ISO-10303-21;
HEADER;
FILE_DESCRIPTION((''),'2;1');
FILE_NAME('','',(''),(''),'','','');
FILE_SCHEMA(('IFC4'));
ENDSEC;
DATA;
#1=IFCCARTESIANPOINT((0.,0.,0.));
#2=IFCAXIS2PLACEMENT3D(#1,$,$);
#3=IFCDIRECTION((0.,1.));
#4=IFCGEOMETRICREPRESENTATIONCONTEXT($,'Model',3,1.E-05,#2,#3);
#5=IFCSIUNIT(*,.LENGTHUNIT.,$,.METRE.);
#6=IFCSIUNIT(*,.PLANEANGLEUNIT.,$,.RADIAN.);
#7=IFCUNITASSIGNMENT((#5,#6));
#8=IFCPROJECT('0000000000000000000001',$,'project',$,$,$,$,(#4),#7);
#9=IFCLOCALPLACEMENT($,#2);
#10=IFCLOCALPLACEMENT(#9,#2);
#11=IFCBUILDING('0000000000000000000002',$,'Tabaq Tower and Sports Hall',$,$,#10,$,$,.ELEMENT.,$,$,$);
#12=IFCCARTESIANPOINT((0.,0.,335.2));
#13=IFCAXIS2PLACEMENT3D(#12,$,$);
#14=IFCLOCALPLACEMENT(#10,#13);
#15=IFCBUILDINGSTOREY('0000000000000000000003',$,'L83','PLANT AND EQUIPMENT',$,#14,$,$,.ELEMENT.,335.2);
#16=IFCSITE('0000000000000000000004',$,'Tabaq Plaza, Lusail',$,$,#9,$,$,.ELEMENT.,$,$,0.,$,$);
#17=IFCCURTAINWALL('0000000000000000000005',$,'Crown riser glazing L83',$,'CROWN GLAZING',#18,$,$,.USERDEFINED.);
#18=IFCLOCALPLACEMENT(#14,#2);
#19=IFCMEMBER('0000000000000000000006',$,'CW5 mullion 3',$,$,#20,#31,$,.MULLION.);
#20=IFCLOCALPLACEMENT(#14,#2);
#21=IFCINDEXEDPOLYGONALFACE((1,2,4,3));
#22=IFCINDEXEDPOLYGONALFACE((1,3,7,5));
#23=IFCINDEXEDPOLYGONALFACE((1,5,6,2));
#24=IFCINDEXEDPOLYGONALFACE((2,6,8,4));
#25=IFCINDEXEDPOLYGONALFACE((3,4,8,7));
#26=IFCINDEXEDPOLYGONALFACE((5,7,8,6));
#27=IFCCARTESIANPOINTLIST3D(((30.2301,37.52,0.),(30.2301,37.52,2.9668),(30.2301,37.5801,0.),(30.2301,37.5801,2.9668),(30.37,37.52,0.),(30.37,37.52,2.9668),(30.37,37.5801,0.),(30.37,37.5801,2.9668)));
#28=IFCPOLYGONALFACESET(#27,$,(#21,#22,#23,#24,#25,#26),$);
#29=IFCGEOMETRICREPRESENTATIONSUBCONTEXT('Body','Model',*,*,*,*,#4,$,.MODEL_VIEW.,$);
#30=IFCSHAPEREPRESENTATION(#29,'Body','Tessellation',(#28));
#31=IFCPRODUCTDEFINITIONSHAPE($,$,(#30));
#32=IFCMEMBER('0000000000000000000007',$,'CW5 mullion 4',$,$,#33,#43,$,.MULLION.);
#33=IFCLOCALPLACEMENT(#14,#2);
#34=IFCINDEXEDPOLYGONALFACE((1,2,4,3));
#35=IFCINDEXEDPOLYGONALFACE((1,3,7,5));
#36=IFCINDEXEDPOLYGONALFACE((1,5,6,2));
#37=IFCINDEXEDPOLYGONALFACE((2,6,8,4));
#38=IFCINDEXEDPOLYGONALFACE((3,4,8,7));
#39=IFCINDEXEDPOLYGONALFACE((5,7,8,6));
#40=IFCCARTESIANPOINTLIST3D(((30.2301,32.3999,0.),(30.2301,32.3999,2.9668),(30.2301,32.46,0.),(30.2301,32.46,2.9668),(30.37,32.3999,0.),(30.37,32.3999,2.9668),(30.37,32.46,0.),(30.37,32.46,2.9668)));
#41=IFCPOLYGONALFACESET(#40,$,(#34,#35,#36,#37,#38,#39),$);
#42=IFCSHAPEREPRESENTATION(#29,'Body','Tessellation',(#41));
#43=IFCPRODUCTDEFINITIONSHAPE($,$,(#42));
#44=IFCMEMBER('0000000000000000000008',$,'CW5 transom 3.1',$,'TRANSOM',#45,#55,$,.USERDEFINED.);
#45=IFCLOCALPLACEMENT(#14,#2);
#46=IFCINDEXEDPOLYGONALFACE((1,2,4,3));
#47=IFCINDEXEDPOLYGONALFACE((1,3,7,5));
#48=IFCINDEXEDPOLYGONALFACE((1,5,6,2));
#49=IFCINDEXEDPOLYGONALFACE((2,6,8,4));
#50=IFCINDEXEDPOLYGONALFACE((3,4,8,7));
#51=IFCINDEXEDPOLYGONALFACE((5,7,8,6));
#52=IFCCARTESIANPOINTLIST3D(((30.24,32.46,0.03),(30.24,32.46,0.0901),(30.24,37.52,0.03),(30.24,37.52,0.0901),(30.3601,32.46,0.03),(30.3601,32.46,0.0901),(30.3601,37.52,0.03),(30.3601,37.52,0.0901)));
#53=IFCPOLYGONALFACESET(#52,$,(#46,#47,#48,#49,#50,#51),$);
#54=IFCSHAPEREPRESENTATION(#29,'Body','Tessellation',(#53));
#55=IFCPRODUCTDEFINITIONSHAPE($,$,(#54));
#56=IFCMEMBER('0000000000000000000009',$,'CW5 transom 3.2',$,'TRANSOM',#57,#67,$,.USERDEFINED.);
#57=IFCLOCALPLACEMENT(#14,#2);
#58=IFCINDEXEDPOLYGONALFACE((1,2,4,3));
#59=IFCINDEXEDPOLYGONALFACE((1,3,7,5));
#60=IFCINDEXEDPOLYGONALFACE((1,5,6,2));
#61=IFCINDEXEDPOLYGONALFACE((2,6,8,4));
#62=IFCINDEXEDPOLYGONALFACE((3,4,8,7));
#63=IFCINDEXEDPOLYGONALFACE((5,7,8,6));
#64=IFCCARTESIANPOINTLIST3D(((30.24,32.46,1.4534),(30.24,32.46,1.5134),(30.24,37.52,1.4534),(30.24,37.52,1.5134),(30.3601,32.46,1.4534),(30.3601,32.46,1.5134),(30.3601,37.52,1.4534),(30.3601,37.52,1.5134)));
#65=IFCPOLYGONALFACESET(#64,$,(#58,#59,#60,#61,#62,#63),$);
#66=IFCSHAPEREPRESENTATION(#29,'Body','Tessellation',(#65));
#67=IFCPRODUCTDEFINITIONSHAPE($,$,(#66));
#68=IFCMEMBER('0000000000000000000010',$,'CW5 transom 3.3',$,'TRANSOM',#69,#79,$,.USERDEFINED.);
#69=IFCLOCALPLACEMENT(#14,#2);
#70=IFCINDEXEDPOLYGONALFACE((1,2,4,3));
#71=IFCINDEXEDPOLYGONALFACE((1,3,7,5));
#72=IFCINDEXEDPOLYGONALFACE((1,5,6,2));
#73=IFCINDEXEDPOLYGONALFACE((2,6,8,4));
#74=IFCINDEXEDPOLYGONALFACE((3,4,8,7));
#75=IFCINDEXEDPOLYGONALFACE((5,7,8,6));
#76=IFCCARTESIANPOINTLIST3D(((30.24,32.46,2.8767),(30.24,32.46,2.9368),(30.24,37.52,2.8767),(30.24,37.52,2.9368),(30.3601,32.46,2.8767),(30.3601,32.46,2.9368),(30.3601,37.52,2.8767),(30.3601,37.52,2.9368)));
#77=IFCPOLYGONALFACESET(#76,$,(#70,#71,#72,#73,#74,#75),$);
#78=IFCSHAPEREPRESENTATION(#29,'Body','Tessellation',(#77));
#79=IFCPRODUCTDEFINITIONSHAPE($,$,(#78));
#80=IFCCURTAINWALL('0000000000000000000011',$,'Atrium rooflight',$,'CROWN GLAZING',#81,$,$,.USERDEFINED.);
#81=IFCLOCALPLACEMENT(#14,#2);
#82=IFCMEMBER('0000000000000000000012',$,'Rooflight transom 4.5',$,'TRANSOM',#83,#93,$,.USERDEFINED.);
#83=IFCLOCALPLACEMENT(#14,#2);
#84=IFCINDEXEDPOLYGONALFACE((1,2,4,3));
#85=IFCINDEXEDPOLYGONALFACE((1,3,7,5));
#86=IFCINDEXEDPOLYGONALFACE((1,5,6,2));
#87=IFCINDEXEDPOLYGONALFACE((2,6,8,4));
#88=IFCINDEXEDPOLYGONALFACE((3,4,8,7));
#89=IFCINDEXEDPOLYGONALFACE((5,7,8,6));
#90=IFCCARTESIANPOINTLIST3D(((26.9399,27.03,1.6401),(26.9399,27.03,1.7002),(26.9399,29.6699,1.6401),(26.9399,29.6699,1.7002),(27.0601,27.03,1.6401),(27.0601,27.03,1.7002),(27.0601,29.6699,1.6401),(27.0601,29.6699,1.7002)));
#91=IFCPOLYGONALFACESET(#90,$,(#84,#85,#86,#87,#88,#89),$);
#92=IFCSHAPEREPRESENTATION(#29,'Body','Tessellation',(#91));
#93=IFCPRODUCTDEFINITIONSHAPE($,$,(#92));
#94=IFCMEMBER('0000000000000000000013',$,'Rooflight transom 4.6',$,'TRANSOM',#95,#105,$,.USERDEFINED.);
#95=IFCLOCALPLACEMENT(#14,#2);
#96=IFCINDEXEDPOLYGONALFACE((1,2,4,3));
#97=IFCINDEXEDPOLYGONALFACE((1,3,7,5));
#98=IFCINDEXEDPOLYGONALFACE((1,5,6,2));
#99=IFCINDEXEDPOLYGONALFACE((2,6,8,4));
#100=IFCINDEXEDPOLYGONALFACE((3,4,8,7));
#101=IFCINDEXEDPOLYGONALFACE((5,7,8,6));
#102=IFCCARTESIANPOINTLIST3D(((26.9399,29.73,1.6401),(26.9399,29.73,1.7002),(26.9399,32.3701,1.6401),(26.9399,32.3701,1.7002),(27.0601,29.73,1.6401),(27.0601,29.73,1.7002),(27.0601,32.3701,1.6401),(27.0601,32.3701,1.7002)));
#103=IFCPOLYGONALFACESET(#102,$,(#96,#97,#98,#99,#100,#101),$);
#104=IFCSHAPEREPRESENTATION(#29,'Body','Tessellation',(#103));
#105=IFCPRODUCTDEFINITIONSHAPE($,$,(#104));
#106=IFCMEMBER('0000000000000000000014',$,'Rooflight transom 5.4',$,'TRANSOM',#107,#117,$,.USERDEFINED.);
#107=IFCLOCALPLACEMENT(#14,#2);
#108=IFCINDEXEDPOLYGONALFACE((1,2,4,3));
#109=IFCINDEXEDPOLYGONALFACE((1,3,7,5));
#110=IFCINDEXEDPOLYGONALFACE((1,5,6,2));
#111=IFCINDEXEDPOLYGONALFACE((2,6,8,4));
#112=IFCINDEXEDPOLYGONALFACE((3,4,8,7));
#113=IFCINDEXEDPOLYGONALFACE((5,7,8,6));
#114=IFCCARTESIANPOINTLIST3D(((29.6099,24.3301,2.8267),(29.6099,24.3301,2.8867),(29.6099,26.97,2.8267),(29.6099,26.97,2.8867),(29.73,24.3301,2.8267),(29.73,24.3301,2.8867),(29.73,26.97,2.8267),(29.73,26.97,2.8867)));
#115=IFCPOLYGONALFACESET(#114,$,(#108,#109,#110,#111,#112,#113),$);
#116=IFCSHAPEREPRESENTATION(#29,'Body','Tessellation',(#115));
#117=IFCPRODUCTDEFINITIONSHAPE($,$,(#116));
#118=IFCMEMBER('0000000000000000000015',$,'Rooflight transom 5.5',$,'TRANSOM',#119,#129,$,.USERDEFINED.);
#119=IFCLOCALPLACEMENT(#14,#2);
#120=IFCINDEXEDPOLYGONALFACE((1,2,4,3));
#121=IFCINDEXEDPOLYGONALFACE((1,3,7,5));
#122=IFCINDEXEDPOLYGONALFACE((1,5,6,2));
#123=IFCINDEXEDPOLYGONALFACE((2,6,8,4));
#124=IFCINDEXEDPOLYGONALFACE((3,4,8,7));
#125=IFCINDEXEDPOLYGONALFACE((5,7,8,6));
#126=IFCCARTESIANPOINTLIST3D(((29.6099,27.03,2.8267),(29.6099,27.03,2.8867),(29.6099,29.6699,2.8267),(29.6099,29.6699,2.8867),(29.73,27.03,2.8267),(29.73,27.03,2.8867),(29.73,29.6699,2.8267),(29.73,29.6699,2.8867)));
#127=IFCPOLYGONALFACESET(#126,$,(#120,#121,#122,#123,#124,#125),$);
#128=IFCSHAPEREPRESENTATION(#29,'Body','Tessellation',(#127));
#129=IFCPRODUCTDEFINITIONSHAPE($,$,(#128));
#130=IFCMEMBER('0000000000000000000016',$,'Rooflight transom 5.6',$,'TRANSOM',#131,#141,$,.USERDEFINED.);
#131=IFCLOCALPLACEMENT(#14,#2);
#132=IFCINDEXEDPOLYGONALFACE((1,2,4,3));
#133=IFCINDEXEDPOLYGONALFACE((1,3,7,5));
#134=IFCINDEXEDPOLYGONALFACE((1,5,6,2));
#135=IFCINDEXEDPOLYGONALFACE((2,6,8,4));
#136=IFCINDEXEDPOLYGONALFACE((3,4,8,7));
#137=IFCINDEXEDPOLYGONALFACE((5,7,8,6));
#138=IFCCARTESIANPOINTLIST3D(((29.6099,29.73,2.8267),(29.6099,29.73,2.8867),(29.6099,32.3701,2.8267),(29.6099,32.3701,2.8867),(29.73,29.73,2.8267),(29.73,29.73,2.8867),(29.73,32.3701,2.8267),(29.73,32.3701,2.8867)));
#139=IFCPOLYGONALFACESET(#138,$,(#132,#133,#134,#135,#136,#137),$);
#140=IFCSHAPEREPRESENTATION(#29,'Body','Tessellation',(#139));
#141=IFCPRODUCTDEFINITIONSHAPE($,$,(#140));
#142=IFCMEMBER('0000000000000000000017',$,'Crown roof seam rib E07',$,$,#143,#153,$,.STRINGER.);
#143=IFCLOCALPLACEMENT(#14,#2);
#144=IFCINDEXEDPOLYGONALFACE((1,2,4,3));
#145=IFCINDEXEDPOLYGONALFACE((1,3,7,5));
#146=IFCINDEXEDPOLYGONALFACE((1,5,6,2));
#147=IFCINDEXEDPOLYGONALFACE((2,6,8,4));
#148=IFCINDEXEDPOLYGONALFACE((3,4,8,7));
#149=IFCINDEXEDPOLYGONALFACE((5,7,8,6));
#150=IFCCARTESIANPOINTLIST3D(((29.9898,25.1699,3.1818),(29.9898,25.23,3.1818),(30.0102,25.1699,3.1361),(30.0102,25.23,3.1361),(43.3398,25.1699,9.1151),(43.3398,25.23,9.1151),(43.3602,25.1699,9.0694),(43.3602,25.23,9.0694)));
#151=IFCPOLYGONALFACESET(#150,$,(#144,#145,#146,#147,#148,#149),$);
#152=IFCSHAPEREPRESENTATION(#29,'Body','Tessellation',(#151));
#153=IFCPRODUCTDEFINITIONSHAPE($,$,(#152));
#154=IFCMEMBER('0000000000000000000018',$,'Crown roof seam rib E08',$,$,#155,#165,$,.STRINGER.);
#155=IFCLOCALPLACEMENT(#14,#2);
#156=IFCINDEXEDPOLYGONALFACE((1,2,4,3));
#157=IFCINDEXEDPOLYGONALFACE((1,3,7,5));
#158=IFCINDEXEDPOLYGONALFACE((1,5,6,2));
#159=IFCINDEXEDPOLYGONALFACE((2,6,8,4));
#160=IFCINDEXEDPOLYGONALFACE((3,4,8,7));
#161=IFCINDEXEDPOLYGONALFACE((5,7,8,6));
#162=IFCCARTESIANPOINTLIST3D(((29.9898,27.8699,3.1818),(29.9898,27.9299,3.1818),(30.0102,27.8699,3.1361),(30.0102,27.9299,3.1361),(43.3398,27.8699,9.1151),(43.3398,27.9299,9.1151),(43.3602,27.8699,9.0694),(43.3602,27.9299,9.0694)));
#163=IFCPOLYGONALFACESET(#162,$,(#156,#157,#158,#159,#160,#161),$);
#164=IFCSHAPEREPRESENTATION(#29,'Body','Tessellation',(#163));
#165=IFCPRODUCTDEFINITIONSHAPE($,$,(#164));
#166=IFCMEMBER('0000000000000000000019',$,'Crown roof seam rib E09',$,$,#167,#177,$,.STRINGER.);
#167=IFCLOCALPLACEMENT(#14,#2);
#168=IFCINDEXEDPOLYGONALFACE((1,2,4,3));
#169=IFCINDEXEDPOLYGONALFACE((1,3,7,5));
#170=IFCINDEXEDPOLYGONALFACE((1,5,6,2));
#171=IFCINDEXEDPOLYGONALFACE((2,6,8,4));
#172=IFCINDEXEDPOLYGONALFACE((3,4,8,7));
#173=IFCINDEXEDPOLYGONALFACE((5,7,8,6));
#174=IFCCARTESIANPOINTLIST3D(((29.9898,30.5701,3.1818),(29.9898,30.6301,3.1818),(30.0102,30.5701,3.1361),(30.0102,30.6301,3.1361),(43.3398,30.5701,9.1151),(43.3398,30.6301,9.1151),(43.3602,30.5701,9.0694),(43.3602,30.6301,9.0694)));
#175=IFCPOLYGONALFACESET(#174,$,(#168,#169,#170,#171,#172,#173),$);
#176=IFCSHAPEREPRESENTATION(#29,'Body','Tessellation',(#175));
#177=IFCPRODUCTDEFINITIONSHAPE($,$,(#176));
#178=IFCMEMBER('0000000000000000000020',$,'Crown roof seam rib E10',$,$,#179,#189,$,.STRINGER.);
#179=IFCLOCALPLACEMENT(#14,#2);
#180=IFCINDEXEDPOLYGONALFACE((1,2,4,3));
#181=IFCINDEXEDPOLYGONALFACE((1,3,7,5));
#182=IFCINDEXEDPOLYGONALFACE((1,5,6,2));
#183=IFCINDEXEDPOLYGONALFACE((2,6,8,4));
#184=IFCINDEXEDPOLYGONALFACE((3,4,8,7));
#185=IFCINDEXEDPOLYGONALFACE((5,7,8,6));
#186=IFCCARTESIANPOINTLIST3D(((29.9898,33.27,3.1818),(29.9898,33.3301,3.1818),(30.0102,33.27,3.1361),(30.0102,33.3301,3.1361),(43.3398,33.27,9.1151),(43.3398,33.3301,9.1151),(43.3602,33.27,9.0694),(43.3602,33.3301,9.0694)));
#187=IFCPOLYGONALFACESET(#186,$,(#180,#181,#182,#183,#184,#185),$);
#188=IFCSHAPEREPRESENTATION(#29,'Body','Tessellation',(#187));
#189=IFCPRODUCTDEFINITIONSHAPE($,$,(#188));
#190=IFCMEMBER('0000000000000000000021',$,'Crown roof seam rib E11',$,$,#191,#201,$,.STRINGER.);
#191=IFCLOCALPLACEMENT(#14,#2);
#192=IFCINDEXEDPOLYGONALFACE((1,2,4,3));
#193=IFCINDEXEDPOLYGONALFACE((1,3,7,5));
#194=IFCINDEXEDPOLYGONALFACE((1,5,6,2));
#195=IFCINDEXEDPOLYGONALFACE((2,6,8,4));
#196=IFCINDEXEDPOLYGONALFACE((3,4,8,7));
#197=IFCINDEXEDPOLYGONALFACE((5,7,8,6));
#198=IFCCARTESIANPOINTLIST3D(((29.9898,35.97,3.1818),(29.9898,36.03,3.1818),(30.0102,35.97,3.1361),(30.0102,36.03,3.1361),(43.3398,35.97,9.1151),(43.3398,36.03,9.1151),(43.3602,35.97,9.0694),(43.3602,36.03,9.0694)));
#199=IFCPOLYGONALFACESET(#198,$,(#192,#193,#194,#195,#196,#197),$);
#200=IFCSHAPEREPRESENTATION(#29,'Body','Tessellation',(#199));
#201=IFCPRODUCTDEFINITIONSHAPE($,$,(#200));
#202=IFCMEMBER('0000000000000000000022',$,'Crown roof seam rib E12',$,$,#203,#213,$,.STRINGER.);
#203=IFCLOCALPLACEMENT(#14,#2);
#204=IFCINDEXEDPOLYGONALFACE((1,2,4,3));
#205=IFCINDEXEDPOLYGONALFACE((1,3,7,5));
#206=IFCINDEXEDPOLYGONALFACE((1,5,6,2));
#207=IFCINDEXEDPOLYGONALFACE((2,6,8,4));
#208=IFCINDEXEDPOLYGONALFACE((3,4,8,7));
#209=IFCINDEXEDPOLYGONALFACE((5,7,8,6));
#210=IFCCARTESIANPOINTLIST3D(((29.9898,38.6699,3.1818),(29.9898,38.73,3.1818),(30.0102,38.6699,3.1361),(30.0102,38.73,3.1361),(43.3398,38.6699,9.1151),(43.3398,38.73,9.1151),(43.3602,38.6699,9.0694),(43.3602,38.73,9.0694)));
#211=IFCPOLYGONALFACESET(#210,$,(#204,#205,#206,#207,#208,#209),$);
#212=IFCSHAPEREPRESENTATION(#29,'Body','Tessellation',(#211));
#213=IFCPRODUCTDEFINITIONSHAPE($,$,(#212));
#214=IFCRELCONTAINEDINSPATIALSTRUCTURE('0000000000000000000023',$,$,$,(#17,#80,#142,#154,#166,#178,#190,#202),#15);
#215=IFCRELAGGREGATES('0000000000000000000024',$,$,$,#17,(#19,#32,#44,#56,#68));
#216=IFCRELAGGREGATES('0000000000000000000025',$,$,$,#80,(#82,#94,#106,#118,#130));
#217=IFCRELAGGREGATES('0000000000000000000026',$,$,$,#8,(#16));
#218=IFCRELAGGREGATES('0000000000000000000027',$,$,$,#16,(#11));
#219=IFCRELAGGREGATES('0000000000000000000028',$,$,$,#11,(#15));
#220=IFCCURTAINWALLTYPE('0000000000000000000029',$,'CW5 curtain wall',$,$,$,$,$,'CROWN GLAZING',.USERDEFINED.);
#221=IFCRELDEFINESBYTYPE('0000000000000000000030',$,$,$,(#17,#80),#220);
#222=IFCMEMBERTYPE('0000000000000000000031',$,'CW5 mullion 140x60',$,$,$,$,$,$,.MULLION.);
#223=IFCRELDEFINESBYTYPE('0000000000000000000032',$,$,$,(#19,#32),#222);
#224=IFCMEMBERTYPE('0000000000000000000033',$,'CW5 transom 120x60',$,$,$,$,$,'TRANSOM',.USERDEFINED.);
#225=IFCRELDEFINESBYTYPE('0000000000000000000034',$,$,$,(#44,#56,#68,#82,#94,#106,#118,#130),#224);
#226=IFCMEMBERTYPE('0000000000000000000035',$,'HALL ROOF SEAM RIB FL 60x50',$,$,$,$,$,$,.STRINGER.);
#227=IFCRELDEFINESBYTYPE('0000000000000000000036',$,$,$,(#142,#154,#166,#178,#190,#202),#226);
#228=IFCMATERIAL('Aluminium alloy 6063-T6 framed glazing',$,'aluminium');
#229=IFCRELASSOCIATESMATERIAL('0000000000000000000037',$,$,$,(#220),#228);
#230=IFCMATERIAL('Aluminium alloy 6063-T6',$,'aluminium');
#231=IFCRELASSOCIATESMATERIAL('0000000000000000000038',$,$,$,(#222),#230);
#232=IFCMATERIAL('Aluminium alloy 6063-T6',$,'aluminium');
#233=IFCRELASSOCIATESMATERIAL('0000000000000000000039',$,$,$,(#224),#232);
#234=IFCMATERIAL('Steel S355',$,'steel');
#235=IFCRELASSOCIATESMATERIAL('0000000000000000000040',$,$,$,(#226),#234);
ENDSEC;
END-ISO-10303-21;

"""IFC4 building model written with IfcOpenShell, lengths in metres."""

from ifc_helpers import new_model, si_unit, direction, frame, origin, origin_2d, place, context, subcontext, project, spatial, rectangle, extrude, material, material_profile, profile_set, type_object, element, aggregate, save


model = new_model("IFC4")

# Units and contexts
model_context = context("Model", 3, precision=1e-05, world=origin(), true_north=direction((0.0, 1.0)))
body_context = subcontext(model_context, "Body", "Model", "MODEL_VIEW")
ifc_project = project(units=[si_unit("LENGTHUNIT", "METRE"), si_unit("PLANEANGLEUNIT", "RADIAN")], contexts=[model_context])

# Site, building, storey
site_placement = place(None, origin())
site = spatial("IfcSite", under=ifc_project, at=site_placement, Name="Tabaq Plaza, Lusail", CompositionType="ELEMENT", RefElevation=0.0)
building_placement = place(site_placement, origin())
building = spatial("IfcBuilding", under=site, at=building_placement, Name="Tabaq Tower and Sports Hall", CompositionType="ELEMENT")
storey_placement = place(building_placement, frame((0.0, 0.0, 335.2)))
storey = spatial("IfcBuildingStorey", under=building, at=storey_placement, Name="L83", Description="PLANT AND EQUIPMENT", CompositionType="ELEMENT", Elevation=335.2)

# Curtain walls, members
ifc_material_1 = material(Name="Aluminium alloy 6063-T6 framed glazing", Category="aluminium")
curtain_wall_type = type_object("IfcCurtainWallType", Name="CW5 curtain wall", ElementType="CROWN GLAZING", PredefinedType="USERDEFINED", material=ifc_material_1)
curtain_wall_1_placement = place(storey_placement, origin())
curtain_wall_1 = element("IfcCurtainWall", 1, at=curtain_wall_1_placement, inside=storey, type_object=curtain_wall_type, Name="Crown riser glazing L83", ObjectType="CROWN GLAZING", PredefinedType="USERDEFINED")
ifc_material_2 = material(Name="Aluminium alloy 6063-T6", Category="aluminium")
ifc_material_profile_1 = material_profile(ifc_material_2, rectangle(XDim=0.1399, YDim=0.0601, at=origin_2d()), Name="MULLION 140x60")
ifc_profile_set_1 = profile_set([ifc_material_profile_1], Name="Aluminium alloy 6063-T6")
member_type_1 = type_object("IfcMemberType", Name="CW5 mullion 140x60", PredefinedType="MULLION", material=ifc_profile_set_1)
member_1_placement = place(storey_placement, frame((30.3, 37.55, 0.0), z_axis=(0.0, 0.0, 1.0), x_axis=(1.0, 0.0, 0.0)))
member_1 = element("IfcMember", 2, at=member_1_placement, type_object=member_type_1, Name="CW5 mullion 3", PredefinedType="MULLION", context=body_context, shape_type="SweptSolid", body=[
    extrude(rectangle(XDim=0.1399, YDim=0.0601, at=origin_2d()), origin(), (0.0, 0.0, 1.0), 2.9668),
])
member_2_placement = place(storey_placement, frame((30.3, 32.4299, 0.0), z_axis=(0.0, 0.0, 1.0), x_axis=(1.0, 0.0, 0.0)))
member_2 = element("IfcMember", 3, at=member_2_placement, type_object=member_type_1, Name="CW5 mullion 4", PredefinedType="MULLION", context=body_context, shape_type="SweptSolid", body=[
    extrude(rectangle(XDim=0.1399, YDim=0.0601, at=origin_2d()), origin(), (0.0, 0.0, 1.0), 2.9668),
])
ifc_material_3 = material(Name="Aluminium alloy 6063-T6", Category="aluminium")
ifc_material_profile_2 = material_profile(ifc_material_3, rectangle(XDim=0.1201, YDim=0.0601, at=origin_2d()), Name="TRANSOM 120x60")
ifc_profile_set_2 = profile_set([ifc_material_profile_2], Name="Aluminium alloy 6063-T6")
member_type_2 = type_object("IfcMemberType", Name="CW5 transom 120x60", ElementType="TRANSOM", PredefinedType="USERDEFINED", material=ifc_profile_set_2)
member_3_placement = place(storey_placement, frame((30.3, 37.52, 0.0601), z_axis=(0.0, -1.0, 0.0), x_axis=(1.0, 0.0, 0.0)))
member_3 = element("IfcMember", 4, at=member_3_placement, type_object=member_type_2, Name="CW5 transom 3.1", ObjectType="TRANSOM", PredefinedType="USERDEFINED", context=body_context, shape_type="SweptSolid", body=[
    extrude(rectangle(XDim=0.1201, YDim=0.0601, at=origin_2d()), origin(), (0.0, 0.0, 1.0), 5.0601),
])
member_4_placement = place(storey_placement, frame((30.3, 37.52, 1.4834), z_axis=(0.0, -1.0, 0.0), x_axis=(1.0, 0.0, 0.0)))
member_4 = element("IfcMember", 5, at=member_4_placement, type_object=member_type_2, Name="CW5 transom 3.2", ObjectType="TRANSOM", PredefinedType="USERDEFINED", context=body_context, shape_type="SweptSolid", body=[
    extrude(rectangle(XDim=0.1201, YDim=0.0601, at=origin_2d()), origin(), (0.0, 0.0, 1.0), 5.0601),
])
member_5_placement = place(storey_placement, frame((30.3, 37.52, 2.9067), z_axis=(0.0, -1.0, 0.0), x_axis=(1.0, 0.0, 0.0)))
member_5 = element("IfcMember", 6, at=member_5_placement, type_object=member_type_2, Name="CW5 transom 3.3", ObjectType="TRANSOM", PredefinedType="USERDEFINED", context=body_context, shape_type="SweptSolid", body=[
    extrude(rectangle(XDim=0.1201, YDim=0.0601, at=origin_2d()), origin(), (0.0, 0.0, 1.0), 5.0601),
])
curtain_wall_2_placement = place(storey_placement, origin())
curtain_wall_2 = element("IfcCurtainWall", 7, at=curtain_wall_2_placement, inside=storey, type_object=curtain_wall_type, Name="Atrium rooflight", ObjectType="CROWN GLAZING", PredefinedType="USERDEFINED")
member_6_placement = place(storey_placement, frame((27.0, 27.03, 1.6702), z_axis=(0.0, 1.0, 0.0), x_axis=(-1.0, 0.0, 0.0)))
member_6 = element("IfcMember", 8, at=member_6_placement, type_object=member_type_2, Name="Rooflight transom 4.5", ObjectType="TRANSOM", PredefinedType="USERDEFINED", context=body_context, shape_type="SweptSolid", body=[
    extrude(rectangle(XDim=0.1201, YDim=0.0601, at=origin_2d()), origin(), (0.0, 0.0, 1.0), 2.6399),
])
member_7_placement = place(storey_placement, frame((27.0, 29.73, 1.6702), z_axis=(0.0, 1.0, 0.0), x_axis=(-1.0, 0.0, 0.0)))
member_7 = element("IfcMember", 9, at=member_7_placement, type_object=member_type_2, Name="Rooflight transom 4.6", ObjectType="TRANSOM", PredefinedType="USERDEFINED", context=body_context, shape_type="SweptSolid", body=[
    extrude(rectangle(XDim=0.1201, YDim=0.0601, at=origin_2d()), origin(), (0.0, 0.0, 1.0), 2.6401),
])
member_8_placement = place(storey_placement, frame((29.6699, 24.3301, 2.8567), z_axis=(0.0, 1.0, 0.0), x_axis=(-1.0, 0.0, 0.0)))
member_8 = element("IfcMember", 10, at=member_8_placement, type_object=member_type_2, Name="Rooflight transom 5.4", ObjectType="TRANSOM", PredefinedType="USERDEFINED", context=body_context, shape_type="SweptSolid", body=[
    extrude(rectangle(XDim=0.1201, YDim=0.0601, at=origin_2d()), origin(), (0.0, 0.0, 1.0), 2.6399),
])
member_9_placement = place(storey_placement, frame((29.6699, 27.03, 2.8567), z_axis=(0.0, 1.0, 0.0), x_axis=(-1.0, 0.0, 0.0)))
member_9 = element("IfcMember", 11, at=member_9_placement, type_object=member_type_2, Name="Rooflight transom 5.5", ObjectType="TRANSOM", PredefinedType="USERDEFINED", context=body_context, shape_type="SweptSolid", body=[
    extrude(rectangle(XDim=0.1201, YDim=0.0601, at=origin_2d()), origin(), (0.0, 0.0, 1.0), 2.6399),
])
member_10_placement = place(storey_placement, frame((29.6699, 29.73, 2.8567), z_axis=(0.0, 1.0, 0.0), x_axis=(-1.0, 0.0, 0.0)))
member_10 = element("IfcMember", 12, at=member_10_placement, type_object=member_type_2, Name="Rooflight transom 5.6", ObjectType="TRANSOM", PredefinedType="USERDEFINED", context=body_context, shape_type="SweptSolid", body=[
    extrude(rectangle(XDim=0.1201, YDim=0.0601, at=origin_2d()), origin(), (0.0, 0.0, 1.0), 2.6401),
])

# Members
ifc_material_4 = material(Name="Steel S355", Category="steel")
ifc_material_profile_3 = material_profile(ifc_material_4, rectangle(XDim=0.0601, YDim=0.05, at=origin_2d()), Name="FL 60x50")
ifc_profile_set_3 = profile_set([ifc_material_profile_3], Name="Steel S355")
member_type_3 = type_object("IfcMemberType", Name="HALL ROOF SEAM RIB FL 60x50", PredefinedType="STRINGER", material=ifc_profile_set_3)
for number, where, z_axis, x_axis, name in (
    (13, (30.0, 25.2, 3.1589), (0.913812, 0.0, 0.406137), (0.0, 1.0, 0.0), "Crown roof seam rib E07"),
    (14, (30.0, 27.8999, 3.1589), (0.913812, 0.0, 0.406137), (0.0, 1.0, 0.0), "Crown roof seam rib E08"),
    (15, (30.0, 30.6001, 3.1589), (0.913812, 0.0, 0.406137), (0.0, 1.0, 0.0), "Crown roof seam rib E09"),
    (16, (30.0, 33.3, 3.1589), (0.913812, 0.0, 0.406137), (0.0, 1.0, 0.0), "Crown roof seam rib E10"),
    (17, (30.0, 36.0, 3.1589), (0.913812, 0.0, 0.406137), (0.0, 1.0, 0.0), "Crown roof seam rib E11"),
    (18, (30.0, 38.7, 3.1589), (0.913812, 0.0, 0.406137), (0.0, 1.0, 0.0), "Crown roof seam rib E12"),
):
    element("IfcMember", number, at=place(storey_placement, frame(where, z_axis=z_axis, x_axis=x_axis)), inside=storey, type_object=member_type_3, Name=name, PredefinedType="STRINGER", context=body_context, shape_type="SweptSolid", body=[
        extrude(rectangle(XDim=0.0601, YDim=0.05, at=origin_2d()), origin(), (0.0, 0.0, 1.0), 14.6091),
    ])

aggregate(curtain_wall_1, [member_1, member_2, member_3, member_4, member_5])
aggregate(curtain_wall_2, [member_6, member_7, member_8, member_9, member_10])

save(model, "model.ifc")
